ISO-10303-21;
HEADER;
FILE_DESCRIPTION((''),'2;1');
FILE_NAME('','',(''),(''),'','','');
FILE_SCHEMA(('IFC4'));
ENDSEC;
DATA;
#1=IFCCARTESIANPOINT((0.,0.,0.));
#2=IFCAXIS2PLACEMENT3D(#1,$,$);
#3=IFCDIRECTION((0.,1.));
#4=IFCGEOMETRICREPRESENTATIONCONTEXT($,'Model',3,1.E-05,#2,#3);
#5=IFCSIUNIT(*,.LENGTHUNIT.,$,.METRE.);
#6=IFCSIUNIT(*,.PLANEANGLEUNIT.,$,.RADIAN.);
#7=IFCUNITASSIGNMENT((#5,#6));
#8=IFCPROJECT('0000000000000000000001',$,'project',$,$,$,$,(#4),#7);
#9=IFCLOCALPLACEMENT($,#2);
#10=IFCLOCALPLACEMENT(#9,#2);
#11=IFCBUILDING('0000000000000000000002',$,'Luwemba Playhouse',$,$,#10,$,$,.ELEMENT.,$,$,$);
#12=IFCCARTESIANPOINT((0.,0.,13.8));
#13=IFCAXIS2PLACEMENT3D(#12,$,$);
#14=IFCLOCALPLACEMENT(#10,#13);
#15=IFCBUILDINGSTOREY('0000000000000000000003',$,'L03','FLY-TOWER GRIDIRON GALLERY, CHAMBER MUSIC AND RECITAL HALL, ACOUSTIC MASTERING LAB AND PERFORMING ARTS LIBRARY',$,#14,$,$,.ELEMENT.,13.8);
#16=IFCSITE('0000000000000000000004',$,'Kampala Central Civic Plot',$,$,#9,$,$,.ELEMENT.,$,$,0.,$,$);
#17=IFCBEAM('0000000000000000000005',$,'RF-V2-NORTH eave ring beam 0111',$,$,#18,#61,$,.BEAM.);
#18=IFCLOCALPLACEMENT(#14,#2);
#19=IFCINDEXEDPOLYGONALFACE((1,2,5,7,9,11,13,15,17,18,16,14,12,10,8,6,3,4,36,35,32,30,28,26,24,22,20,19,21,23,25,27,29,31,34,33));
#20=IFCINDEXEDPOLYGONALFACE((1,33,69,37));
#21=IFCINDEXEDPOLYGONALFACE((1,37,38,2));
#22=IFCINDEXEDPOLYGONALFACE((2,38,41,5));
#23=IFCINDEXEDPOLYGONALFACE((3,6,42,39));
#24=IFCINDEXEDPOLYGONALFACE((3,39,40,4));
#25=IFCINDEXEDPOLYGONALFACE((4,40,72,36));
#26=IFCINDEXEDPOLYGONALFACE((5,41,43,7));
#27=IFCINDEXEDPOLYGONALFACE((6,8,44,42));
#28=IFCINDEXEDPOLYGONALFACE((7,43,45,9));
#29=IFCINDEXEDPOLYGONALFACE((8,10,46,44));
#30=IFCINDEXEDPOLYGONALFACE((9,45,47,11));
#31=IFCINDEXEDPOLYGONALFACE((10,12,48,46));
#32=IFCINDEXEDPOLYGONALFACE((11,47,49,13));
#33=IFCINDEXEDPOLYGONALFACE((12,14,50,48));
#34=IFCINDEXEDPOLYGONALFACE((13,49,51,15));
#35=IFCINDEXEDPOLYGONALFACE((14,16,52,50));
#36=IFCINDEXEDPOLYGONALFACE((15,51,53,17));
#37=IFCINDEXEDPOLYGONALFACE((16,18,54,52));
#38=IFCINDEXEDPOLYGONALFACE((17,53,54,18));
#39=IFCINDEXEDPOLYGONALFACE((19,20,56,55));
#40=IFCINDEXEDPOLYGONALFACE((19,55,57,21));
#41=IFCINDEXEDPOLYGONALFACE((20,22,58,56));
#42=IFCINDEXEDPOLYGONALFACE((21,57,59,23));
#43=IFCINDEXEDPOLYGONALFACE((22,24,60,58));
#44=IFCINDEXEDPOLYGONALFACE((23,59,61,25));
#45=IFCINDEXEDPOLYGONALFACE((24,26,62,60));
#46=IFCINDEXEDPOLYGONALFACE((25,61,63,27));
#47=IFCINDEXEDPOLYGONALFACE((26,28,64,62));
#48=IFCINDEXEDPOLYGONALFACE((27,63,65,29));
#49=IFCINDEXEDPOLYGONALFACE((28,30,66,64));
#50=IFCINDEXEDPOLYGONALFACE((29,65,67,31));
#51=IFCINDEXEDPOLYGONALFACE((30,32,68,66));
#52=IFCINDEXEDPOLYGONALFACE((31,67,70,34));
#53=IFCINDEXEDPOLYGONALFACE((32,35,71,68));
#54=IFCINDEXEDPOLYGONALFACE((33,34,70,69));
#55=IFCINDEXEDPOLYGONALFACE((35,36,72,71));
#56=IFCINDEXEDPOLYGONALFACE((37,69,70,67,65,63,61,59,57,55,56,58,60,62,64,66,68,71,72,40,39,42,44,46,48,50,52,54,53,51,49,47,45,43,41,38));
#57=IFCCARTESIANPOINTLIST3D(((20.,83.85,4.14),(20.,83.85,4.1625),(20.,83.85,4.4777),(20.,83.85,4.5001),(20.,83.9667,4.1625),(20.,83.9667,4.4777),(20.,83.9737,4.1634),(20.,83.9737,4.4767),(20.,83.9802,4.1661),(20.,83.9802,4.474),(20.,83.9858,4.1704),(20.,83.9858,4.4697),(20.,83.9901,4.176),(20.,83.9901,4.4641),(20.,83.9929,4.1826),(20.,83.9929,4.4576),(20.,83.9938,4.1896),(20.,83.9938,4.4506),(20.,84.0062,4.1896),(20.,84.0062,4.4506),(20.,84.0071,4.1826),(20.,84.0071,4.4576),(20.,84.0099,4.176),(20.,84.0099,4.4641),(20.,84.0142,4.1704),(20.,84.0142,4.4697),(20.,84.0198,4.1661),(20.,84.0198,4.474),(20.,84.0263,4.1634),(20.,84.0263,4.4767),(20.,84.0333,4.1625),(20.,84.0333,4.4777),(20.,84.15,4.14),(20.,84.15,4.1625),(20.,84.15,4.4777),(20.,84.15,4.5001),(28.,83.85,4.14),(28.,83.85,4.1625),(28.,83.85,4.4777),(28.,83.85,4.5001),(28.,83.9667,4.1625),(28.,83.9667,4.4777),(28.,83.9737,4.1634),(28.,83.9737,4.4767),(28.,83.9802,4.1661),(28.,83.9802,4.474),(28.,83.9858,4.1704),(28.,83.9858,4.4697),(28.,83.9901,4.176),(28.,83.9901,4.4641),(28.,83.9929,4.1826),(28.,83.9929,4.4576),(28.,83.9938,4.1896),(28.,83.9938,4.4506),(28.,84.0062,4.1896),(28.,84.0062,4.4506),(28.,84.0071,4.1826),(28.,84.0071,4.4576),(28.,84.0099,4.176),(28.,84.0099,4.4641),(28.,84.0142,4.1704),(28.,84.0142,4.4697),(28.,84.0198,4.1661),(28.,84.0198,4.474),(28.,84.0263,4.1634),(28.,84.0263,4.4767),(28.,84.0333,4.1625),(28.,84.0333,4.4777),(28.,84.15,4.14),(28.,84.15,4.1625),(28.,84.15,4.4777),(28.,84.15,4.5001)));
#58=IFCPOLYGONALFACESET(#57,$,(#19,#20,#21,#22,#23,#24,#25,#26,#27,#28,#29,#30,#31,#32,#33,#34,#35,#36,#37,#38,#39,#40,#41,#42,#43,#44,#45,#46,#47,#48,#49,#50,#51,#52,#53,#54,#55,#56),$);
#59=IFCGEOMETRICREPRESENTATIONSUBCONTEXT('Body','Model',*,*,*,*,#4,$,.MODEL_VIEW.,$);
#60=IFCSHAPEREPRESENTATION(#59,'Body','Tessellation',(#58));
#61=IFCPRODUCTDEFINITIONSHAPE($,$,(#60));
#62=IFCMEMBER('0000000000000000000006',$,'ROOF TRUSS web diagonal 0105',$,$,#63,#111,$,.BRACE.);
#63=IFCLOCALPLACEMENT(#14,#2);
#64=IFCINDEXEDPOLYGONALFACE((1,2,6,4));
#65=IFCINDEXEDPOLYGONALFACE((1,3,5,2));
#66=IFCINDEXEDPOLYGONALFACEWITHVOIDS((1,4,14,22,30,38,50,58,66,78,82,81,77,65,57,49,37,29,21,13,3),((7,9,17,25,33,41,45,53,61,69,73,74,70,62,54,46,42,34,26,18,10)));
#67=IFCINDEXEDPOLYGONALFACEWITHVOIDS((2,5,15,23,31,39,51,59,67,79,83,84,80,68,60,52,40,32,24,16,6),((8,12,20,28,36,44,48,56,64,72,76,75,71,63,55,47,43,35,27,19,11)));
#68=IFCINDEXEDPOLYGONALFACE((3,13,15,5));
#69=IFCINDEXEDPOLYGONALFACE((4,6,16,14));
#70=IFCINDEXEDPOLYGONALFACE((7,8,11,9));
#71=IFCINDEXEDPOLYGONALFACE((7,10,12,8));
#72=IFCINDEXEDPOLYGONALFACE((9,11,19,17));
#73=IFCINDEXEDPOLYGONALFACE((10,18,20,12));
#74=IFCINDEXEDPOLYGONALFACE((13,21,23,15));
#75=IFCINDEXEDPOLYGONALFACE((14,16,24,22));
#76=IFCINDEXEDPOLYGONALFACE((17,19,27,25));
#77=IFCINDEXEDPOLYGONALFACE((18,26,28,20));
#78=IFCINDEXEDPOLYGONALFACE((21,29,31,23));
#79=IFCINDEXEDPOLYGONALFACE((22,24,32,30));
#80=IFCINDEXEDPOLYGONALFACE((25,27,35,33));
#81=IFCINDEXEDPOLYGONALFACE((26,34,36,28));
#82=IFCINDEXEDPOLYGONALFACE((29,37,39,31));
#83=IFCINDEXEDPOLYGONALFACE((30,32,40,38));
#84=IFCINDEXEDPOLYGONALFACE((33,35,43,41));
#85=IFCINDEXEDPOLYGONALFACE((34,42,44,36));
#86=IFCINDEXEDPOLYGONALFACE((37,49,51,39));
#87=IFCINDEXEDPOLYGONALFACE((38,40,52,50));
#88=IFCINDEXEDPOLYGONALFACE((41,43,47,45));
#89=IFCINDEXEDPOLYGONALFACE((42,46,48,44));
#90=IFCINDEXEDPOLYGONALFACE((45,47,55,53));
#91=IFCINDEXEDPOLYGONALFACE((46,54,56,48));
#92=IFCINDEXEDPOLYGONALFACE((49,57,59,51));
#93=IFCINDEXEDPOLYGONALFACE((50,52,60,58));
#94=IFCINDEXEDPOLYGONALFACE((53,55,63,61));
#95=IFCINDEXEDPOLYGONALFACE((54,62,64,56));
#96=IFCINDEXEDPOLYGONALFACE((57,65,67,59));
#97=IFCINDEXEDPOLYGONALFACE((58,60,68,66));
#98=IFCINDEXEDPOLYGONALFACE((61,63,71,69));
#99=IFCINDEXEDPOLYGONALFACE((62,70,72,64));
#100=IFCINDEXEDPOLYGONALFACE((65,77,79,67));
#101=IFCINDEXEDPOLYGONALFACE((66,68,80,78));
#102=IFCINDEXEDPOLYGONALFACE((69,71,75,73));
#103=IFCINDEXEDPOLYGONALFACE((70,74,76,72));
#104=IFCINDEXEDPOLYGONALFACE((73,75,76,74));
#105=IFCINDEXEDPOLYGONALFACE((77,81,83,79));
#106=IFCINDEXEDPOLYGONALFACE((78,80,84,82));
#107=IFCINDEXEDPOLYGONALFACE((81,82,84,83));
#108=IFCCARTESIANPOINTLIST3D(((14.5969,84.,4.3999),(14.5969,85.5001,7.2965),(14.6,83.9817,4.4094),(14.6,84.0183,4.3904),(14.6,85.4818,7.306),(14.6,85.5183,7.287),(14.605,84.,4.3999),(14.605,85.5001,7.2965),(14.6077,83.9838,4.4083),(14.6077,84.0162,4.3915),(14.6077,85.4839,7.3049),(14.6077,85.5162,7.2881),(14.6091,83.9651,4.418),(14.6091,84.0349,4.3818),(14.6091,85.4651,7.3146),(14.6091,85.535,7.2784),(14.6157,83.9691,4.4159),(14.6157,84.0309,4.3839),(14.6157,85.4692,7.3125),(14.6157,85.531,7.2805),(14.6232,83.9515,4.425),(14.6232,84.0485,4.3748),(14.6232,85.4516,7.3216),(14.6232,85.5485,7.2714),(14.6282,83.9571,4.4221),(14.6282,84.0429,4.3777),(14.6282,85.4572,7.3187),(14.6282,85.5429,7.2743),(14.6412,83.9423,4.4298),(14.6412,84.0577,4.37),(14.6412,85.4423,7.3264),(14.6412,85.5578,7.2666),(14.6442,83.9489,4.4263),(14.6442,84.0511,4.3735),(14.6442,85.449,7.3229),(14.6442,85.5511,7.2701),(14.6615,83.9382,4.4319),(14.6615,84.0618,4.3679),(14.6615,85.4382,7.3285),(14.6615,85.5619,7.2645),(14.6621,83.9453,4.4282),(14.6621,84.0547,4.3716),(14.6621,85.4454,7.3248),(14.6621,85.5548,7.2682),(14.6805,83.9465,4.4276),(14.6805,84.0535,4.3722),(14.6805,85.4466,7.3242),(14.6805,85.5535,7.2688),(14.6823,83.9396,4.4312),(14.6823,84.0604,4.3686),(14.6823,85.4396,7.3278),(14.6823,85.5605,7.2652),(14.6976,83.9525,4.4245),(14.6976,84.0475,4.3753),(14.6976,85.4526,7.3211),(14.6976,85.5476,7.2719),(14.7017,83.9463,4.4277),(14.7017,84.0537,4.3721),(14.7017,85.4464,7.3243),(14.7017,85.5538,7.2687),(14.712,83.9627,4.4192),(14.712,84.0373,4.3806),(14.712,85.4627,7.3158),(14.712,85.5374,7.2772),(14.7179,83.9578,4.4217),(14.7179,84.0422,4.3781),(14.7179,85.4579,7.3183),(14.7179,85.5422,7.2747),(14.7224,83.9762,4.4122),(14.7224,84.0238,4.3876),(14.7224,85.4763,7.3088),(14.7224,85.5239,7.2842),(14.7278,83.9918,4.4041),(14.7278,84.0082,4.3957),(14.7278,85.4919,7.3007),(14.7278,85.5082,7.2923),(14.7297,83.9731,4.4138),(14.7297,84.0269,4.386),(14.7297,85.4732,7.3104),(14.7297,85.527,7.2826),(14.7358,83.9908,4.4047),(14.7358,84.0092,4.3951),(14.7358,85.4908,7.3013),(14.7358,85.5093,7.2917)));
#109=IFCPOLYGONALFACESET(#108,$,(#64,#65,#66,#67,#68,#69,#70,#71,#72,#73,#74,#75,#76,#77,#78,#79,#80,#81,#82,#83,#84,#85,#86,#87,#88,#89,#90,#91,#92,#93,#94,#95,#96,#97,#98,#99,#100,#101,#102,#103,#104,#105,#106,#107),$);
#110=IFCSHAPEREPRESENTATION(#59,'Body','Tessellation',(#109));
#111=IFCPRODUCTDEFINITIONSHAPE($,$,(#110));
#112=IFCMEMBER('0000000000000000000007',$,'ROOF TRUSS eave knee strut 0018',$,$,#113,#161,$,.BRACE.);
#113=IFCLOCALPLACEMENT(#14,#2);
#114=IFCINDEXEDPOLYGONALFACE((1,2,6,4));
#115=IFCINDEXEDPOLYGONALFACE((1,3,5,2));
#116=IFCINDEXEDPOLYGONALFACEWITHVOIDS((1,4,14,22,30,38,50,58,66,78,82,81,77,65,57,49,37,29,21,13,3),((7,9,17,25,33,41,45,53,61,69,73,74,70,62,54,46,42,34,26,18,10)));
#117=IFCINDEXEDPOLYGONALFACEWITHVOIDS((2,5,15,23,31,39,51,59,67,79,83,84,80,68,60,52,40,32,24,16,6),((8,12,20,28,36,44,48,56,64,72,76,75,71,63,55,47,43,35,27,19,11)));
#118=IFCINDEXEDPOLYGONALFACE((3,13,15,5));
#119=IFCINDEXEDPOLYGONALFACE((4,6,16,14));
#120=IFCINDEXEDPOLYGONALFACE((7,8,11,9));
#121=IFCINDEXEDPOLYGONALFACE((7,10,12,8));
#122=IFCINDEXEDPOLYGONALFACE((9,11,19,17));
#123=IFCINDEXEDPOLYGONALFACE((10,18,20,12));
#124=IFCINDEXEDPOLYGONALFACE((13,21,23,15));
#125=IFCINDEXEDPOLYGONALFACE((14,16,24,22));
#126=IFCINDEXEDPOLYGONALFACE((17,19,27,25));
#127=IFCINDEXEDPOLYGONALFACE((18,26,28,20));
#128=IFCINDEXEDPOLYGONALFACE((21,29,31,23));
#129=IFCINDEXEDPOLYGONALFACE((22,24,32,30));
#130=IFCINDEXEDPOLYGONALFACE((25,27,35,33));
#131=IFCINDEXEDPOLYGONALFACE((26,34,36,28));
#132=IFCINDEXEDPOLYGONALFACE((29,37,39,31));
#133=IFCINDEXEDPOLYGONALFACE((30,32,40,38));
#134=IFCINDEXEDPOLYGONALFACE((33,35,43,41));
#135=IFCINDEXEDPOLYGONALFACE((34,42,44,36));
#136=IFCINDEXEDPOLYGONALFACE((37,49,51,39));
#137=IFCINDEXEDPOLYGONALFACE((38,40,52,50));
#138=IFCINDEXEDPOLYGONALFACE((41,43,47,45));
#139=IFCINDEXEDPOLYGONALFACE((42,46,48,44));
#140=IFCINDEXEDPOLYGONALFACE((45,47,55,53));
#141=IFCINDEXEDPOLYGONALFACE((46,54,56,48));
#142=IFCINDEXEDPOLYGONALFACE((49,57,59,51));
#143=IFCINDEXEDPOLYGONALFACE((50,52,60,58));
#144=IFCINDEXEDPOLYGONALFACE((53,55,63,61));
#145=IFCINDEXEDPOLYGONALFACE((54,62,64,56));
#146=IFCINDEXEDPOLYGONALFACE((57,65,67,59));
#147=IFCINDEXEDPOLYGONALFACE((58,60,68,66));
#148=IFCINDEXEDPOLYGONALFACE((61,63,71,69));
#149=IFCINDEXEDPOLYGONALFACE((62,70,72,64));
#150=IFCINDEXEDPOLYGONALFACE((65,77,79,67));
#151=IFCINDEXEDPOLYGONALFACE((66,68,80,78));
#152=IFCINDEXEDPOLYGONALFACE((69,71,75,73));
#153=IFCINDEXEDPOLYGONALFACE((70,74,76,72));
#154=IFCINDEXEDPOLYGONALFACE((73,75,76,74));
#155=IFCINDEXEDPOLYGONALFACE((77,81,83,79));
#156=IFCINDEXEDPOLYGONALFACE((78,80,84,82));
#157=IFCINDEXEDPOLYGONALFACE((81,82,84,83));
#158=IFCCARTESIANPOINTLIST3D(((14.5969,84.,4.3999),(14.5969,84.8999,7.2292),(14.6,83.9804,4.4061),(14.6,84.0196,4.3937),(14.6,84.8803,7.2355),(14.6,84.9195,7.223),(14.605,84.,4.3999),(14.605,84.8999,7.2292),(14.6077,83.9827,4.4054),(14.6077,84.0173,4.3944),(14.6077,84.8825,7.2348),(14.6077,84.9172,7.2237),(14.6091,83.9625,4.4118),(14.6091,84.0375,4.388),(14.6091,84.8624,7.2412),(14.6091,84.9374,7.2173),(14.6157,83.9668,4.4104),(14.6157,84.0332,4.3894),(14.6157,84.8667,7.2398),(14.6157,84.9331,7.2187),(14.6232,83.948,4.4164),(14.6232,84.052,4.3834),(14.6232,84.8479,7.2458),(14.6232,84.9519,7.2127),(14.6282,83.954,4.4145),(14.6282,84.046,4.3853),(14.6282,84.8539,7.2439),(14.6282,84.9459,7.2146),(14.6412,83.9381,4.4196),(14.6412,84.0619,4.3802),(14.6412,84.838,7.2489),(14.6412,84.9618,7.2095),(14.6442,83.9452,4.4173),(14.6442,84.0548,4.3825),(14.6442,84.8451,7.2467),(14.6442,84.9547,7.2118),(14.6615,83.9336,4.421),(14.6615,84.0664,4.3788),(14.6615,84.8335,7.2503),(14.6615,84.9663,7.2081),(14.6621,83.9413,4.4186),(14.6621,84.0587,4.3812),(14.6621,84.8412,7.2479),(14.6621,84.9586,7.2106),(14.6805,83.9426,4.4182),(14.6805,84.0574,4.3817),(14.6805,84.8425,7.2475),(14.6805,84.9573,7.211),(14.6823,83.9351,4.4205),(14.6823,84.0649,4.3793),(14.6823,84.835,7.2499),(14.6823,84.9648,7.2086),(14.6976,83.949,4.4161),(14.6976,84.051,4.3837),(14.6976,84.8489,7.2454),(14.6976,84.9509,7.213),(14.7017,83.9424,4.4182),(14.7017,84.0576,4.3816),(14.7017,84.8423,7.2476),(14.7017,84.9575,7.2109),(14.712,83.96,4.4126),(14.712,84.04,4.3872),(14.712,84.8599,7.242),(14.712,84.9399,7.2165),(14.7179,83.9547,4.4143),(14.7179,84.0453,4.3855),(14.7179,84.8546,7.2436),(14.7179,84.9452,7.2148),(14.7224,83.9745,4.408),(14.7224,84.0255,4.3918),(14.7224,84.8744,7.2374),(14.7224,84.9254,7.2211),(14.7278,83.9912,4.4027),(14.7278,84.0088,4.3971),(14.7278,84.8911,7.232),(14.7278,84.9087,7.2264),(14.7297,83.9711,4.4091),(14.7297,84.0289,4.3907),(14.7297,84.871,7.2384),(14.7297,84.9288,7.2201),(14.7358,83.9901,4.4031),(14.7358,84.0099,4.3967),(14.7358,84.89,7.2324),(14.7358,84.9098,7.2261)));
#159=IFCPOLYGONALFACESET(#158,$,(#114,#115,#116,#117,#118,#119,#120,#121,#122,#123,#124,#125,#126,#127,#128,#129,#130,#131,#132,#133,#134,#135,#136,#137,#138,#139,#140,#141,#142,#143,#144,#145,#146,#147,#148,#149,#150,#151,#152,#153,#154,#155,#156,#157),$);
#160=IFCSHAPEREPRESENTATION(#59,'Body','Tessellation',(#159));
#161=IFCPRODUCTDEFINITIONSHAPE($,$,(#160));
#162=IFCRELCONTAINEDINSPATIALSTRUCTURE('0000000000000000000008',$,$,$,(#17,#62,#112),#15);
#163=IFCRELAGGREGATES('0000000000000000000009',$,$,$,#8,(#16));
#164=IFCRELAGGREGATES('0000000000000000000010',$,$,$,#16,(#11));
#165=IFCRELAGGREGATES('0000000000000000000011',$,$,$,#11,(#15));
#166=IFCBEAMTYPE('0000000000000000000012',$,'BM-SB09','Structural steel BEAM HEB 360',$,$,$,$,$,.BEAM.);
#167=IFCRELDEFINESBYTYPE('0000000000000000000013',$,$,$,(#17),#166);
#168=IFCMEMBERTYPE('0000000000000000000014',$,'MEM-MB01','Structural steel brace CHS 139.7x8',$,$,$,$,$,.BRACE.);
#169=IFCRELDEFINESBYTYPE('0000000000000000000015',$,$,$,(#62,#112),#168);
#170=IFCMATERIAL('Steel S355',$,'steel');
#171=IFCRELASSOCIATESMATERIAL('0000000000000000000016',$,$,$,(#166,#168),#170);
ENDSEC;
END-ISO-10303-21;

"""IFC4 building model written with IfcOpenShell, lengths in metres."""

from ifc_helpers import new_model, si_unit, direction, frame, origin, origin_2d, place, context, subcontext, project, spatial, hollow_circle, i_section, extrude, material, material_profile, profile_set, type_object, element, save


model = new_model("IFC4")

# Units and contexts
model_context = context("Model", 3, precision=1e-05, world=origin(), true_north=direction((0.0, 1.0)))
body_context = subcontext(model_context, "Body", "Model", "MODEL_VIEW")
ifc_project = project(units=[si_unit("LENGTHUNIT", "METRE"), si_unit("PLANEANGLEUNIT", "RADIAN")], contexts=[model_context])

# Site, building, storey
site_placement = place(None, origin())
site = spatial("IfcSite", under=ifc_project, at=site_placement, Name="Kampala Central Civic Plot", CompositionType="ELEMENT", RefElevation=0.0)
building_placement = place(site_placement, origin())
building = spatial("IfcBuilding", under=site, at=building_placement, Name="Luwemba Playhouse", CompositionType="ELEMENT")
storey_placement = place(building_placement, frame((0.0, 0.0, 13.8)))
storey = spatial("IfcBuildingStorey", under=building, at=storey_placement, Name="L03", Description="FLY-TOWER GRIDIRON GALLERY, CHAMBER MUSIC AND RECITAL HALL, ACOUSTIC MASTERING LAB AND PERFORMING ARTS LIBRARY", CompositionType="ELEMENT", Elevation=13.8)

# Shared definitions
ifc_material_1 = material(Name="Steel S355", Category="steel")

# Beam
ifc_material_profile_1 = material_profile(ifc_material_1, i_section(OverallWidth=0.3, OverallDepth=0.3601, WebThickness=0.0125, FlangeThickness=0.0225, FilletRadius=0.0271, at=origin_2d()))
ifc_profile_set_1 = profile_set([ifc_material_profile_1], Name="Steel S355")
beam_type_1 = type_object("IfcBeamType", Name="BM-SB09", Description="Structural steel BEAM HEB 360", PredefinedType="BEAM", material=ifc_profile_set_1)
beam_1_placement = place(storey_placement, frame((20.0, 84.0, 4.3201), z_axis=(1.0, 0.0, 0.0), x_axis=(0.0, 1.0, 0.0)))
element("IfcBeam", 1, at=beam_1_placement, inside=storey, type_object=beam_type_1, Name="RF-V2-NORTH eave ring beam 0111", PredefinedType="BEAM", context=body_context, shape_type="SweptSolid", body=[
    extrude(i_section(OverallWidth=0.3, OverallDepth=0.3601, WebThickness=0.0125, FlangeThickness=0.0225, FilletRadius=0.0271, at=origin_2d()), origin(), (0.0, 0.0, 1.0), 8.0),
])

# Members
ifc_material_profile_2 = material_profile(ifc_material_1, hollow_circle(Radius=0.0698, WallThickness=0.0081, at=origin_2d()))
ifc_profile_set_2 = profile_set([ifc_material_profile_2], Name="Steel S355")
member_type_1 = type_object("IfcMemberType", Name="MEM-MB01", Description="Structural steel brace CHS 139.7x8", PredefinedType="BRACE", material=ifc_profile_set_2)
member_1_placement = place(storey_placement, frame((14.6667, 84.0, 4.3999), z_axis=(0.0, 0.459863, 0.88799), x_axis=(-1.0, 0.0, 0.0)))
element("IfcMember", 2, at=member_1_placement, inside=storey, type_object=member_type_1, Name="ROOF TRUSS web diagonal 0105", PredefinedType="BRACE", context=body_context, shape_type="SweptSolid", body=[
    extrude(hollow_circle(Radius=0.0698, WallThickness=0.0081, at=origin_2d()), origin(), (0.0, 0.0, 1.0), 3.262),
])
member_2_placement = place(storey_placement, frame((14.6667, 84.0, 4.3999), z_axis=(0.0, 0.303098, 0.952959), x_axis=(-1.0, 0.0, 0.0)))
element("IfcMember", 3, at=member_2_placement, inside=storey, type_object=member_type_1, Name="ROOF TRUSS eave knee strut 0018", PredefinedType="BRACE", context=body_context, shape_type="SweptSolid", body=[
    extrude(hollow_circle(Radius=0.0698, WallThickness=0.0081, at=origin_2d()), origin(), (0.0, 0.0, 1.0), 2.969),
])

save(model, "model.ifc")
